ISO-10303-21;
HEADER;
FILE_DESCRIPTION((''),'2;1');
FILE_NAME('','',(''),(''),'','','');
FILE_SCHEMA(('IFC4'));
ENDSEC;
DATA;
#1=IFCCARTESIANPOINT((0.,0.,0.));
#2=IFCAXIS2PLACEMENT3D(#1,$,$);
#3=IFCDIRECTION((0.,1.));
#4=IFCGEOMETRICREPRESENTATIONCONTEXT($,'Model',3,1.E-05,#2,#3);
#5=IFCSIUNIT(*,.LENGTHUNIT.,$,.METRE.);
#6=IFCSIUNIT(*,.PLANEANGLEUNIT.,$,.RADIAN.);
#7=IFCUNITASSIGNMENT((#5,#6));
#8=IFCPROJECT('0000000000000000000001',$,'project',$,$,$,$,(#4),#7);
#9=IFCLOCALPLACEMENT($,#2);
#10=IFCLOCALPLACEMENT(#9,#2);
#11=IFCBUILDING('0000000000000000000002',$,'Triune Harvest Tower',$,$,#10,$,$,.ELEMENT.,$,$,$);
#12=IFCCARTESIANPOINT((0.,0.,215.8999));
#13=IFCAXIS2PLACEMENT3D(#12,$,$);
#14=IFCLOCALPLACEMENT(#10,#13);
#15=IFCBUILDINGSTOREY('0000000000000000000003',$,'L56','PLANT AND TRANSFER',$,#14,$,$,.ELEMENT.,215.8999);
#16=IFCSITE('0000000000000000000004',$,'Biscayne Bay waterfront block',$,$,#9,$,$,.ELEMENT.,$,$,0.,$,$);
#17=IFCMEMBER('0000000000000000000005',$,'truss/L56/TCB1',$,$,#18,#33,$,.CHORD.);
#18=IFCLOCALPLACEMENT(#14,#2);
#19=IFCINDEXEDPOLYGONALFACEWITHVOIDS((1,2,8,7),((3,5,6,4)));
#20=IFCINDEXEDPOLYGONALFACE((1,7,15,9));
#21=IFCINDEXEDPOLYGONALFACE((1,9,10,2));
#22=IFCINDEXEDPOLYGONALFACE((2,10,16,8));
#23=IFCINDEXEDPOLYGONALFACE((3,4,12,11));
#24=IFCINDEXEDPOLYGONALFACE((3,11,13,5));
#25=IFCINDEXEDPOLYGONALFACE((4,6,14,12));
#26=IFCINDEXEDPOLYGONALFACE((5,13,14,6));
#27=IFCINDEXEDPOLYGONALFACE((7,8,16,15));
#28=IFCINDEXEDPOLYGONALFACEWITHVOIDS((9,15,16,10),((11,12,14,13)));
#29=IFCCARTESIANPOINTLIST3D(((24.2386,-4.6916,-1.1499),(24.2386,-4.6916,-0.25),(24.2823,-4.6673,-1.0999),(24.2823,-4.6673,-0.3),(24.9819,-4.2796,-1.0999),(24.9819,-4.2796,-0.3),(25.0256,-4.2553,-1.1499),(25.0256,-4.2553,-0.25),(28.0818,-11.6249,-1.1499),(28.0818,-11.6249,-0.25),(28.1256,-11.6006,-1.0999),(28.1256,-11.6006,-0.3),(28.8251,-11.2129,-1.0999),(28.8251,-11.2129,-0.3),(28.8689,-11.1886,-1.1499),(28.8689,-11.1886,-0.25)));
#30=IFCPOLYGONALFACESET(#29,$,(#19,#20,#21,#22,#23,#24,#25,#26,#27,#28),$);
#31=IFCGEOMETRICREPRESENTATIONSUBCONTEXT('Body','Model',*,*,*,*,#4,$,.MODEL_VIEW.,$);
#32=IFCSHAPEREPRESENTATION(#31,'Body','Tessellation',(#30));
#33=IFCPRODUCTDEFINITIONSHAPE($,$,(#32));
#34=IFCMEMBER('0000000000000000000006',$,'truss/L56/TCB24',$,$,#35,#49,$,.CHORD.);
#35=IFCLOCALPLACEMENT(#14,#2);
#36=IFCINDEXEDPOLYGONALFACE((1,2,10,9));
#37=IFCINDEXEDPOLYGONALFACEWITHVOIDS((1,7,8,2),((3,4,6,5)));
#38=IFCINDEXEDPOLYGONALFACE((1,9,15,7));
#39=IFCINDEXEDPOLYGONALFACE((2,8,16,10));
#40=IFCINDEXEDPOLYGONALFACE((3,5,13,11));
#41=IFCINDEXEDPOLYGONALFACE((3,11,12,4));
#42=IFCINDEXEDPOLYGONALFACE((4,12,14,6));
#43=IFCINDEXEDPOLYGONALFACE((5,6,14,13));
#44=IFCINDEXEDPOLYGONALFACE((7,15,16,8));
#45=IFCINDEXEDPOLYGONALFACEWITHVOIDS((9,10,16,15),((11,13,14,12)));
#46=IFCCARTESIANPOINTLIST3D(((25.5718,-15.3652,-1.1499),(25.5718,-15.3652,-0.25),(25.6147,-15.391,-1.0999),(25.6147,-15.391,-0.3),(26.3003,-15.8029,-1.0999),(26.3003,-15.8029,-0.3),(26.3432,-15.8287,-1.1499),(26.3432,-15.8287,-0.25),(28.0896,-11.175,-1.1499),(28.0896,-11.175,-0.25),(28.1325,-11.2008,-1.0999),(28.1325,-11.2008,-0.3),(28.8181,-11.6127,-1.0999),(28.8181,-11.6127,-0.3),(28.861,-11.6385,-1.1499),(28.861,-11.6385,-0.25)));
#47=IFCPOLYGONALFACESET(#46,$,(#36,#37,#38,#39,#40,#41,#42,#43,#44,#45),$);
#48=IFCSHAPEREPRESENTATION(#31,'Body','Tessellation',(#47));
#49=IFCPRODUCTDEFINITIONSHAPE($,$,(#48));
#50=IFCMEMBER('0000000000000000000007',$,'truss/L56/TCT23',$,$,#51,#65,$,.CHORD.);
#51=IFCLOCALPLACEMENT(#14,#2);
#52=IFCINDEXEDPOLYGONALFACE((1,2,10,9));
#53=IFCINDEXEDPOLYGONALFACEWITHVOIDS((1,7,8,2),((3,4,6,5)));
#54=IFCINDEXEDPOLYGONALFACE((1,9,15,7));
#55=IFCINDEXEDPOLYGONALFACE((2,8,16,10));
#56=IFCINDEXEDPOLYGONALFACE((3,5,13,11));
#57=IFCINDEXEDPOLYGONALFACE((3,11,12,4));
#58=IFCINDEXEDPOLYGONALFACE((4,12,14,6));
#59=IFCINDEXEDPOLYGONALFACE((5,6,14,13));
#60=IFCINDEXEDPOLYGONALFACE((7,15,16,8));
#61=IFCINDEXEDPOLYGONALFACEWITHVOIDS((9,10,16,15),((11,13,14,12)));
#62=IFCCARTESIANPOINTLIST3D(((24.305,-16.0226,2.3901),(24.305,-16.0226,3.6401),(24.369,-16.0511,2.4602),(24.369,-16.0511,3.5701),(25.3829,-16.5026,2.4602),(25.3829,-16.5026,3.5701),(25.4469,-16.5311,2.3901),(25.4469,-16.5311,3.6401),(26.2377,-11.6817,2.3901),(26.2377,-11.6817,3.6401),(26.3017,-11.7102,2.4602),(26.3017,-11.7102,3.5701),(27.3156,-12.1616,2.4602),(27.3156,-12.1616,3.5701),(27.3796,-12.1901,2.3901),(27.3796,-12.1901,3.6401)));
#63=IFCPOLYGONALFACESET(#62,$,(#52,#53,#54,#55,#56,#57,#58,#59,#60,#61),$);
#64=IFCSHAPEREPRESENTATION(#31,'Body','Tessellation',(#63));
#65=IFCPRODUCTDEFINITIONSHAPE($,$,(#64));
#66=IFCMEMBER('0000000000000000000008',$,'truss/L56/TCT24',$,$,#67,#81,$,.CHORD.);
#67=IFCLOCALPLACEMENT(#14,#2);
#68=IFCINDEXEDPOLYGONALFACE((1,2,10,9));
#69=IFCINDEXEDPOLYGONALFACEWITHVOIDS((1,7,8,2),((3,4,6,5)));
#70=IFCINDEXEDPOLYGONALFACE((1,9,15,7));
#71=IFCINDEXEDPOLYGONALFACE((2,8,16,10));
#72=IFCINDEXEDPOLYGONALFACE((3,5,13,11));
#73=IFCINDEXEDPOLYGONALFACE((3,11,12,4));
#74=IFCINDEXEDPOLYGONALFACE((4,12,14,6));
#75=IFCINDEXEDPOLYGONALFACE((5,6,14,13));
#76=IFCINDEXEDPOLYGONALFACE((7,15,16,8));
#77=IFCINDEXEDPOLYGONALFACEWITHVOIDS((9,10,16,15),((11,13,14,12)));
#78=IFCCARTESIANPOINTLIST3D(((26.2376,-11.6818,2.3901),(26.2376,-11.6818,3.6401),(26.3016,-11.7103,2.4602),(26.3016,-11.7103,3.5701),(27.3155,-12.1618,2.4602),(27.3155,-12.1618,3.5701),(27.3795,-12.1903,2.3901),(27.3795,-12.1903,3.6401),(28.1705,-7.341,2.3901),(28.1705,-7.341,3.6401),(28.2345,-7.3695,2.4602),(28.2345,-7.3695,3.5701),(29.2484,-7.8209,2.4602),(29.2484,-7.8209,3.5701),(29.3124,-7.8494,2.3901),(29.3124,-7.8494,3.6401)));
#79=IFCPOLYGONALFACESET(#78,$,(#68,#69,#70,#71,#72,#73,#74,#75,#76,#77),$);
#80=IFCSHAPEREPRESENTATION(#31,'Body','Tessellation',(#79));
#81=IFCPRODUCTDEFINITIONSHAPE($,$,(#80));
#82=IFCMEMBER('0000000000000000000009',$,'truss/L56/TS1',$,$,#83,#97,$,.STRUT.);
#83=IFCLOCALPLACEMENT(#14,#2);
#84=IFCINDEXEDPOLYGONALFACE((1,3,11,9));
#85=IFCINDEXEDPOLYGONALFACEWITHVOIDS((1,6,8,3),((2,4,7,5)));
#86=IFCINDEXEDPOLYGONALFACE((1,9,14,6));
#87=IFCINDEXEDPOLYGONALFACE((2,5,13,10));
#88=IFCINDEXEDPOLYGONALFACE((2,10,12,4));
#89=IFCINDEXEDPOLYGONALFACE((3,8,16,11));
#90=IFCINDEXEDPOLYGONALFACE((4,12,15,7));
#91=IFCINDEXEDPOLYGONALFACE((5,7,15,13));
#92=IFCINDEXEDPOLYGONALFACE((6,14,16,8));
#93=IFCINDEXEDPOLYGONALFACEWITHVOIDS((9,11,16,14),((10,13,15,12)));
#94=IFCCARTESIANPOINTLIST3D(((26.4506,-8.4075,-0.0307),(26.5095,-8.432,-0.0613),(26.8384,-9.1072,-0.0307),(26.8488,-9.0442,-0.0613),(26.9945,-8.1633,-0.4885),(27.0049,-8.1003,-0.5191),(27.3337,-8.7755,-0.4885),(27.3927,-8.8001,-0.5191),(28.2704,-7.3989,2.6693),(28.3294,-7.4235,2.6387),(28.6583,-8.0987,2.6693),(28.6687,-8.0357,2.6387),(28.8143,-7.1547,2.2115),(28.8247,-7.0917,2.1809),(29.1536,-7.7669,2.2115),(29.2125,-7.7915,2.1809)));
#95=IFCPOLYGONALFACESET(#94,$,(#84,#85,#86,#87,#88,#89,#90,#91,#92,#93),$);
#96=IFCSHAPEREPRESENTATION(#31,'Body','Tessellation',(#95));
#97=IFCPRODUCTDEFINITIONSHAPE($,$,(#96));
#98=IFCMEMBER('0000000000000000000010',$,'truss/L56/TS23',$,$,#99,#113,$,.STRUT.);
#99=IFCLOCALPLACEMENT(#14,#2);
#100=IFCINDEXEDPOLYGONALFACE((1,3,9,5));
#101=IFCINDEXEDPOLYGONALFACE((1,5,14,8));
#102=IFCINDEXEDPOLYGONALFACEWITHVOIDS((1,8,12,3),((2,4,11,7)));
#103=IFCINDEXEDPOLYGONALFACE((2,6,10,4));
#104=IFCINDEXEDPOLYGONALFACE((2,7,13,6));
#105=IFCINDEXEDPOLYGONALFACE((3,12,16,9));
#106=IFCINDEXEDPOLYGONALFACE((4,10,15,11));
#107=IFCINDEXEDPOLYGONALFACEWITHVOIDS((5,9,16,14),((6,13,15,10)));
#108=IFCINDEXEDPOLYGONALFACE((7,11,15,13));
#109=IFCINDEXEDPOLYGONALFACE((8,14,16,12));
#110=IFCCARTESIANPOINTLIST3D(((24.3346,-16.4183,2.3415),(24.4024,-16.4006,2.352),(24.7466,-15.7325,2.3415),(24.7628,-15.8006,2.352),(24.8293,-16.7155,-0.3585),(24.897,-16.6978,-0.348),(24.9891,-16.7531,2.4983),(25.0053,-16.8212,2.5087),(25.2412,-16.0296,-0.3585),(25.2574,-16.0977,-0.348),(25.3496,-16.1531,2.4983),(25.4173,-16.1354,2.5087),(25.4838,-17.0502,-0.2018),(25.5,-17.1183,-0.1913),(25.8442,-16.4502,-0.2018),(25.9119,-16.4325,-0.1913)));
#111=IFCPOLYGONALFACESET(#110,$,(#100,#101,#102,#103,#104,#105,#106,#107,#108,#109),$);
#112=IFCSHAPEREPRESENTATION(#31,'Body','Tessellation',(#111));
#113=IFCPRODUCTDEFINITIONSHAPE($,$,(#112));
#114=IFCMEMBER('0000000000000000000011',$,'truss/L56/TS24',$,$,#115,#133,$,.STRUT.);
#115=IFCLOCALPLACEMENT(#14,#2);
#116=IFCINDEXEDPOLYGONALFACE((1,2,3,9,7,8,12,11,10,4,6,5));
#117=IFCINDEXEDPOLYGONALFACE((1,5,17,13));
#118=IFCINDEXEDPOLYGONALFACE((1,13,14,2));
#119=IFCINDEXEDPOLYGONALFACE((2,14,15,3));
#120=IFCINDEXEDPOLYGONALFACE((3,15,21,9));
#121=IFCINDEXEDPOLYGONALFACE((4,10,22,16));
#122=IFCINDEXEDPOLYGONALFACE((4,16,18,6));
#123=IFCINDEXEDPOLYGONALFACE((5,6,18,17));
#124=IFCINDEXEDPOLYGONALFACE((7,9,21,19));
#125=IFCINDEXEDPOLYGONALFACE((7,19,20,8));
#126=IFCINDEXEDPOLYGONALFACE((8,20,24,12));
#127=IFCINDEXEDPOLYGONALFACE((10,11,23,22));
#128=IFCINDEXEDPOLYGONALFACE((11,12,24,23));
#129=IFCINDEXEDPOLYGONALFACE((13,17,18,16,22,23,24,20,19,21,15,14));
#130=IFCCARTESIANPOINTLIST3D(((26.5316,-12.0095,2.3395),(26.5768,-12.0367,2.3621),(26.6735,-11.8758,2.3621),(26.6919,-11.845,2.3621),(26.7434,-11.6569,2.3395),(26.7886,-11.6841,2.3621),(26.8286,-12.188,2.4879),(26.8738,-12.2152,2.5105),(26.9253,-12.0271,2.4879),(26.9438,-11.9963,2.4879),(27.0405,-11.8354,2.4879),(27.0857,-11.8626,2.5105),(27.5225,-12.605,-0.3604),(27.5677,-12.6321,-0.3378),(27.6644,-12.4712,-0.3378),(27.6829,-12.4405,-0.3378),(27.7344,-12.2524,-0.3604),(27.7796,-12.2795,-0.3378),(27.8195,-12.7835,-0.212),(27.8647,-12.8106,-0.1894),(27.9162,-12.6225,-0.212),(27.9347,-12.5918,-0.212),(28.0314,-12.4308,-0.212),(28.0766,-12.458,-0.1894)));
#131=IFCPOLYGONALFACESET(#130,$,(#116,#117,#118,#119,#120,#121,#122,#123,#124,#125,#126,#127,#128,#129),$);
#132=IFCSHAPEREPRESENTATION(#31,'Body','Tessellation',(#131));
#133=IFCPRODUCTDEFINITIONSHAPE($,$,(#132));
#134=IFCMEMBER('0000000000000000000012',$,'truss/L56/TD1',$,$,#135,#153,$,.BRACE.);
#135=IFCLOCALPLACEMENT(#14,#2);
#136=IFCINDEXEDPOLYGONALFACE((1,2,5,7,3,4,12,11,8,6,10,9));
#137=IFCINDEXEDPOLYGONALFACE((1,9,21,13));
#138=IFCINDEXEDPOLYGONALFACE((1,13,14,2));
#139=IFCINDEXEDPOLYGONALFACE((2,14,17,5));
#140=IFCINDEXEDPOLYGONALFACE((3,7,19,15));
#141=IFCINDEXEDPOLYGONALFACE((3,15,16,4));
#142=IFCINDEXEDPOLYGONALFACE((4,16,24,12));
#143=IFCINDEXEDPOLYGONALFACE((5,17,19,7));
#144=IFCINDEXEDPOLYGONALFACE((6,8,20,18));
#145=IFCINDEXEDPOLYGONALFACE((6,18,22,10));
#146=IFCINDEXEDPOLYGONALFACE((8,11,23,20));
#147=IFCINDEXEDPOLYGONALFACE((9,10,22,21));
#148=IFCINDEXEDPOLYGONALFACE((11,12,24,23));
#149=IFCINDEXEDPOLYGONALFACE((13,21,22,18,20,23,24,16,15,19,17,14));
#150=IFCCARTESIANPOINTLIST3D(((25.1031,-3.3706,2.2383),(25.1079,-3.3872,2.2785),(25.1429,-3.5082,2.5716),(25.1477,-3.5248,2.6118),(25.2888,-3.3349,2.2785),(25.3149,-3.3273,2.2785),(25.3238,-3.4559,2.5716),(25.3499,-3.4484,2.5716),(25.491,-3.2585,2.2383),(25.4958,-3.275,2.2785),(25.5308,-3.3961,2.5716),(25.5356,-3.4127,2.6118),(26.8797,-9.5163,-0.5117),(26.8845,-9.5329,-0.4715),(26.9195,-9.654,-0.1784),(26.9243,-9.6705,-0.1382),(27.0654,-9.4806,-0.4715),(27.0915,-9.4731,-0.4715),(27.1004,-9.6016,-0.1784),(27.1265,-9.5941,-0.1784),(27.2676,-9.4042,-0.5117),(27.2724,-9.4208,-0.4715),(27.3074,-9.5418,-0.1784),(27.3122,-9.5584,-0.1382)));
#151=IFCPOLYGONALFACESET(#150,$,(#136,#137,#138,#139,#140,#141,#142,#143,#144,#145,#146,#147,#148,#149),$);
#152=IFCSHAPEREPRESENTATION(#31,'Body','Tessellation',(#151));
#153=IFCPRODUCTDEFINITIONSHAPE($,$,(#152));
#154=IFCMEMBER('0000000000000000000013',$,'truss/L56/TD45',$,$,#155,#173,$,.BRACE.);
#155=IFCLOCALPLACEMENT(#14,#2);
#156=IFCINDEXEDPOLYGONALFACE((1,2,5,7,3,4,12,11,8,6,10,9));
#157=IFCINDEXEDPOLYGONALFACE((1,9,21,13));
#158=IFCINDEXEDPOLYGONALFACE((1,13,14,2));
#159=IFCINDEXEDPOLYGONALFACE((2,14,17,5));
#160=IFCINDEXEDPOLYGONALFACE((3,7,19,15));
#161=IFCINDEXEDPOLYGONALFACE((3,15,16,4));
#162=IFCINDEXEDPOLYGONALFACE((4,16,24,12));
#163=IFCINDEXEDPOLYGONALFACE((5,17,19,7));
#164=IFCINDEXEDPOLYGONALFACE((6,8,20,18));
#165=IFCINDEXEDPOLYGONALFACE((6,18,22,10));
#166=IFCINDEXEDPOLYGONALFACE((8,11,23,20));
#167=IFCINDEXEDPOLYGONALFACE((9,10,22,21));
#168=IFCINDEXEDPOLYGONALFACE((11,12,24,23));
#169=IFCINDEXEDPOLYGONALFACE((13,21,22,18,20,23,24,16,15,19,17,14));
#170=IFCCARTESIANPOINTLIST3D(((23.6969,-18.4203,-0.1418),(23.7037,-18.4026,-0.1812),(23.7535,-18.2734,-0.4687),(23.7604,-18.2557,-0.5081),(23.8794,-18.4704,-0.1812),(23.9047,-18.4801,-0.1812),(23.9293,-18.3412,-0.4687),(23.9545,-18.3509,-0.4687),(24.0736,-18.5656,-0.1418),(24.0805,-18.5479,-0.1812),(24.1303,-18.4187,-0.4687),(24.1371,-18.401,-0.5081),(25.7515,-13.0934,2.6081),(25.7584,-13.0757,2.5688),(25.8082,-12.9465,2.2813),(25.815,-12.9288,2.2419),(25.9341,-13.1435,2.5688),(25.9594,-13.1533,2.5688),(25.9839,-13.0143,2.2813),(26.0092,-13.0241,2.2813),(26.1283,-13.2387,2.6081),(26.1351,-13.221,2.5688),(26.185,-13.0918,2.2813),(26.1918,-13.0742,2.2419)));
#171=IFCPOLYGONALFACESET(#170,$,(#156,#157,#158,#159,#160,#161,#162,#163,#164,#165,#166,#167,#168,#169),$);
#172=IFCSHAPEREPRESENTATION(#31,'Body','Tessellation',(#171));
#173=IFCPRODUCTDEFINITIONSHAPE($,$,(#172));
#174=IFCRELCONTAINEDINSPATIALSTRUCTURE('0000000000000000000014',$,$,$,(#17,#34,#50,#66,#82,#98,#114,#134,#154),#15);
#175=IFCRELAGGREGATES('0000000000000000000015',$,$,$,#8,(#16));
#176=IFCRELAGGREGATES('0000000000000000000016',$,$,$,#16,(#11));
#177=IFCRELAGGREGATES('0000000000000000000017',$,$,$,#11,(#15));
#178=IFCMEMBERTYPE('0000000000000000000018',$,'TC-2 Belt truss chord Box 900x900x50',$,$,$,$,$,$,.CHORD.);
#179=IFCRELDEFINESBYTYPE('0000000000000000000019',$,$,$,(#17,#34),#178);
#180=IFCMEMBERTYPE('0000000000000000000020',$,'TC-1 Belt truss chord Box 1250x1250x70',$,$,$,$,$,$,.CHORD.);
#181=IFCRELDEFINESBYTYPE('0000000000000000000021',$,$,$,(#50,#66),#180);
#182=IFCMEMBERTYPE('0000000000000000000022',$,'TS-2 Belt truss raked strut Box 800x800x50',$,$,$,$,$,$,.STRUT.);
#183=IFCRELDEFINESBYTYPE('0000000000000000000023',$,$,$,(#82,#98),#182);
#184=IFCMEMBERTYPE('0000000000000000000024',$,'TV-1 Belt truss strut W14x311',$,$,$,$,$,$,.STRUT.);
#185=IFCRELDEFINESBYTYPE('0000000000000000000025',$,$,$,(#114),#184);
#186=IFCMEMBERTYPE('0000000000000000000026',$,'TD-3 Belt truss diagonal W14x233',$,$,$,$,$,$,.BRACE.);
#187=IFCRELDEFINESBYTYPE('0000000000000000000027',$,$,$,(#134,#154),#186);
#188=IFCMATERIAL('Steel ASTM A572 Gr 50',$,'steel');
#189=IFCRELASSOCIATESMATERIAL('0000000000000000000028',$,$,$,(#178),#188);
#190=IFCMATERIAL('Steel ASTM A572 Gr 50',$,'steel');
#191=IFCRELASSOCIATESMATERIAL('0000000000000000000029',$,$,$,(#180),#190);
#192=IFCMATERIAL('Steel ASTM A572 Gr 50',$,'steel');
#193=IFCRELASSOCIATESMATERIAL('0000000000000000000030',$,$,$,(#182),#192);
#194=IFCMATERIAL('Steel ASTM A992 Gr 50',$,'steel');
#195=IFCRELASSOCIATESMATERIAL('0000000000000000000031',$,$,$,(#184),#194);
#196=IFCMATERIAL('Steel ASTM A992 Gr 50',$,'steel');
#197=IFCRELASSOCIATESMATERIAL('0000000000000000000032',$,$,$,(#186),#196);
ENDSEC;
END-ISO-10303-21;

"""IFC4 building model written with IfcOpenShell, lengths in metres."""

from ifc_helpers import new_model, si_unit, direction, frame, origin, origin_2d, place, context, subcontext, project, spatial, hollow_rectangle, i_section, extrude, source, transform, mapped, material, material_profile, profile_set, type_object, element, save


model = new_model("IFC4")

# Units and contexts
model_context = context("Model", 3, precision=1e-05, world=origin(), true_north=direction((0.0, 1.0)))
body_context = subcontext(model_context, "Body", "Model", "MODEL_VIEW")
ifc_project = project(units=[si_unit("LENGTHUNIT", "METRE"), si_unit("PLANEANGLEUNIT", "RADIAN")], contexts=[model_context])

# Site, building, storey
site_placement = place(None, origin())
site = spatial("IfcSite", under=ifc_project, at=site_placement, Name="Biscayne Bay waterfront block", CompositionType="ELEMENT", RefElevation=0.0)
building_placement = place(site_placement, origin())
building = spatial("IfcBuilding", under=site, at=building_placement, Name="Triune Harvest Tower", CompositionType="ELEMENT")
storey_placement = place(building_placement, frame((0.0, 0.0, 215.8999)))
storey = spatial("IfcBuildingStorey", under=building, at=storey_placement, Name="L56", Description="PLANT AND TRANSFER", CompositionType="ELEMENT", Elevation=215.8999)

# Members
ifc_material_1 = material(Name="Steel ASTM A572 Gr 50", Category="steel")
ifc_material_profile_1 = material_profile(ifc_material_1, hollow_rectangle(XDim=0.8999, YDim=0.8999, WallThickness=0.05, at=origin_2d()), Name="Box 900x900x50")
ifc_profile_set_1 = profile_set([ifc_material_profile_1], Name="Steel ASTM A572 Gr 50")
member_type_1 = type_object("IfcMemberType", Name="TC-2 Belt truss chord Box 900x900x50", PredefinedType="CHORD", material=ifc_profile_set_1)
shared_shape_1 = source(origin(), body_context, "Body", "SweptSolid", [
    extrude(hollow_rectangle(XDim=0.8999, YDim=0.8999, WallThickness=0.05, at=origin_2d()), origin(), (0.0, 0.0, 1.0), 7.9272),
])
member_1_placement = place(storey_placement, frame((28.4753, -11.4067, -0.7), z_axis=(-0.484814, 0.874617, 0.0), x_axis=(-0.874617, -0.484814, 0.0)))
element("IfcMember", 1, at=member_1_placement, inside=storey, type_object=member_type_1, Name="truss/L56/TCB1", PredefinedType="CHORD", context=body_context, shape_type="MappedRepresentation", body=[
    mapped(shared_shape_1, transform((0.0, 0.0, 0.0), scale=1.0)),
])
shared_shape_2 = source(origin(), body_context, "Body", "SweptSolid", [
    extrude(hollow_rectangle(XDim=0.8999, YDim=0.8999, WallThickness=0.05, at=origin_2d()), origin(), (0.0, 0.0, 1.0), 4.8884),
])
member_2_placement = place(storey_placement, frame((25.9575, -15.5969, -0.7), z_axis=(0.515054, 0.857158, 0.0), x_axis=(-0.857158, 0.515054, 0.0)))
element("IfcMember", 2, at=member_2_placement, inside=storey, type_object=member_type_1, Name="truss/L56/TCB24", PredefinedType="CHORD", context=body_context, shape_type="MappedRepresentation", body=[
    mapped(shared_shape_2, transform((0.0, 0.0, 0.0), scale=1.0)),
])
ifc_material_2 = material(Name="Steel ASTM A572 Gr 50", Category="steel")
ifc_material_profile_2 = material_profile(ifc_material_2, hollow_rectangle(XDim=1.25, YDim=1.25, WallThickness=0.0701, at=origin_2d()), Name="Box 1250x1250x70")
ifc_profile_set_2 = profile_set([ifc_material_profile_2], Name="Steel ASTM A572 Gr 50")
member_type_2 = type_object("IfcMemberType", Name="TC-1 Belt truss chord Box 1250x1250x70", PredefinedType="CHORD", material=ifc_profile_set_2)
shared_shape_3 = source(origin(), body_context, "Body", "SweptSolid", [
    extrude(hollow_rectangle(XDim=1.25, YDim=1.25, WallThickness=0.0701, at=origin_2d()), origin(), (0.0, 0.0, 1.0), 4.7517),
])
for number, where, z_axis, x_axis, name in (
    (3, (24.876, -16.2769, 3.0151), (0.40673, 0.913549, 0.0), (-0.913549, 0.40673, 0.0), "truss/L56/TCT23"),
    (4, (26.8086, -11.936, 3.0151), (0.406772, 0.91353, 0.0), (-0.91353, 0.406772, 0.0), "truss/L56/TCT24"),
):
    element("IfcMember", number, at=place(storey_placement, frame(where, z_axis=z_axis, x_axis=x_axis)), inside=storey, type_object=member_type_2, Name=name, PredefinedType="CHORD", context=body_context, shape_type="MappedRepresentation", body=[
        mapped(shared_shape_3, transform((0.0, 0.0, 0.0), scale=1.0)),
    ])
ifc_material_3 = material(Name="Steel ASTM A572 Gr 50", Category="steel")
ifc_material_profile_3 = material_profile(ifc_material_3, hollow_rectangle(XDim=0.8, YDim=0.8, WallThickness=0.05, at=origin_2d()), Name="Box 800x800x50")
ifc_profile_set_3 = profile_set([ifc_material_profile_3], Name="Steel ASTM A572 Gr 50")
member_type_3 = type_object("IfcMemberType", Name="TS-2 Belt truss raked strut Box 800x800x50", PredefinedType="STRUT", material=ifc_profile_set_3)
shared_shape_4 = source(origin(), body_context, "Body", "SweptSolid", [
    extrude(hollow_rectangle(XDim=0.8, YDim=0.8, WallThickness=0.05, at=origin_2d()), origin(), (0.0, 0.0, 1.0), 3.4087),
])
member_3_placement = place(storey_placement, frame((26.9216, -8.6038, -0.2749), z_axis=(0.53389, 0.295881, 0.792096), x_axis=(-0.484736, 0.87466, 0.0)))
element("IfcMember", 5, at=member_3_placement, inside=storey, type_object=member_type_3, Name="truss/L56/TS1", PredefinedType="STRUT", context=body_context, shape_type="MappedRepresentation", body=[
    mapped(shared_shape_4, transform((0.0, 0.0, 0.0), scale=1.0)),
])
shared_shape_5 = source(origin(), body_context, "Body", "SweptSolid", [
    extrude(hollow_rectangle(XDim=0.8, YDim=0.8, WallThickness=0.05, at=origin_2d()), origin(), (0.0, 0.0, 1.0), 2.761),
])
member_4_placement = place(storey_placement, frame((25.3706, -16.574, -0.2749), z_axis=(-0.179154, 0.107616, 0.977918), x_axis=(-0.514931, -0.857231, 0.0)))
element("IfcMember", 6, at=member_4_placement, inside=storey, type_object=member_type_3, Name="truss/L56/TS23", PredefinedType="STRUT", context=body_context, shape_type="MappedRepresentation", body=[
    mapped(shared_shape_5, transform((0.0, 0.0, 0.0), scale=1.0)),
])
ifc_material_4 = material(Name="Steel ASTM A992 Gr 50", Category="steel")
ifc_material_profile_4 = material_profile(ifc_material_4, i_section(OverallWidth=0.4114, OverallDepth=0.4343, WebThickness=0.0359, FlangeThickness=0.0574, at=origin_2d()), Name="W14x311")
ifc_profile_set_4 = profile_set([ifc_material_profile_4], Name="Steel ASTM A992 Gr 50")
member_type_4 = type_object("IfcMemberType", Name="TV-1 Belt truss strut W14x311", PredefinedType="STRUT", material=ifc_profile_set_4)
shared_shape_6 = source(origin(), body_context, "Body", "SweptSolid", [
    extrude(i_section(OverallWidth=0.4114, OverallDepth=0.4343, WebThickness=0.0359, FlangeThickness=0.0574, at=origin_2d()), origin(), (0.0, 0.0, 1.0), 2.937),
])
member_5_placement = place(storey_placement, frame((27.7996, -12.5315, -0.2749), z_axis=(-0.337401, 0.20274, 0.91927), x_axis=(-0.515055, -0.857157, 0.0)))
element("IfcMember", 7, at=member_5_placement, inside=storey, type_object=member_type_4, Name="truss/L56/TS24", PredefinedType="STRUT", context=body_context, shape_type="MappedRepresentation", body=[
    mapped(shared_shape_6, transform((0.0, 0.0, 0.0), scale=1.0)),
])
ifc_material_5 = material(Name="Steel ASTM A992 Gr 50", Category="steel")
ifc_material_profile_5 = material_profile(ifc_material_5, i_section(OverallWidth=0.4038, OverallDepth=0.4065, WebThickness=0.0271, FlangeThickness=0.0437, at=origin_2d()), Name="W14x233")
ifc_profile_set_5 = profile_set([ifc_material_profile_5], Name="Steel ASTM A992 Gr 50")
member_type_5 = type_object("IfcMemberType", Name="TD-3 Belt truss diagonal W14x233", PredefinedType="BRACE", material=ifc_profile_set_5)
shared_shape_7 = source(origin(), body_context, "Body", "SweptSolid", [
    extrude(i_section(OverallWidth=0.4038, OverallDepth=0.4065, WebThickness=0.0271, FlangeThickness=0.0437, at=origin_2d()), origin(), (0.0, 0.0, 1.0), 6.9634),
])
member_6_placement = place(storey_placement, frame((27.0959, -9.5374, -0.325), z_axis=(-0.255135, 0.882578, 0.394921), x_axis=(-0.960665, -0.277709, 0.0)))
element("IfcMember", 8, at=member_6_placement, inside=storey, type_object=member_type_5, Name="truss/L56/TD1", PredefinedType="BRACE", context=body_context, shape_type="MappedRepresentation", body=[
    mapped(shared_shape_7, transform((0.0, 0.0, 0.0), scale=1.0)),
])
shared_shape_8 = source(origin(), body_context, "Body", "SweptSolid", [
    extrude(i_section(OverallWidth=0.4038, OverallDepth=0.4065, WebThickness=0.0271, FlangeThickness=0.0437, at=origin_2d()), origin(), (0.0, 0.0, 1.0), 6.3372),
])
member_7_placement = place(storey_placement, frame((23.917, -18.4106, -0.325), z_axis=(0.324226, 0.840576, 0.433945), x_axis=(-0.933, 0.359876, 0.0)))
element("IfcMember", 9, at=member_7_placement, inside=storey, type_object=member_type_5, Name="truss/L56/TD45", PredefinedType="BRACE", context=body_context, shape_type="MappedRepresentation", body=[
    mapped(shared_shape_8, transform((0.0, 0.0, 0.0), scale=1.0)),
])

save(model, "model.ifc")
